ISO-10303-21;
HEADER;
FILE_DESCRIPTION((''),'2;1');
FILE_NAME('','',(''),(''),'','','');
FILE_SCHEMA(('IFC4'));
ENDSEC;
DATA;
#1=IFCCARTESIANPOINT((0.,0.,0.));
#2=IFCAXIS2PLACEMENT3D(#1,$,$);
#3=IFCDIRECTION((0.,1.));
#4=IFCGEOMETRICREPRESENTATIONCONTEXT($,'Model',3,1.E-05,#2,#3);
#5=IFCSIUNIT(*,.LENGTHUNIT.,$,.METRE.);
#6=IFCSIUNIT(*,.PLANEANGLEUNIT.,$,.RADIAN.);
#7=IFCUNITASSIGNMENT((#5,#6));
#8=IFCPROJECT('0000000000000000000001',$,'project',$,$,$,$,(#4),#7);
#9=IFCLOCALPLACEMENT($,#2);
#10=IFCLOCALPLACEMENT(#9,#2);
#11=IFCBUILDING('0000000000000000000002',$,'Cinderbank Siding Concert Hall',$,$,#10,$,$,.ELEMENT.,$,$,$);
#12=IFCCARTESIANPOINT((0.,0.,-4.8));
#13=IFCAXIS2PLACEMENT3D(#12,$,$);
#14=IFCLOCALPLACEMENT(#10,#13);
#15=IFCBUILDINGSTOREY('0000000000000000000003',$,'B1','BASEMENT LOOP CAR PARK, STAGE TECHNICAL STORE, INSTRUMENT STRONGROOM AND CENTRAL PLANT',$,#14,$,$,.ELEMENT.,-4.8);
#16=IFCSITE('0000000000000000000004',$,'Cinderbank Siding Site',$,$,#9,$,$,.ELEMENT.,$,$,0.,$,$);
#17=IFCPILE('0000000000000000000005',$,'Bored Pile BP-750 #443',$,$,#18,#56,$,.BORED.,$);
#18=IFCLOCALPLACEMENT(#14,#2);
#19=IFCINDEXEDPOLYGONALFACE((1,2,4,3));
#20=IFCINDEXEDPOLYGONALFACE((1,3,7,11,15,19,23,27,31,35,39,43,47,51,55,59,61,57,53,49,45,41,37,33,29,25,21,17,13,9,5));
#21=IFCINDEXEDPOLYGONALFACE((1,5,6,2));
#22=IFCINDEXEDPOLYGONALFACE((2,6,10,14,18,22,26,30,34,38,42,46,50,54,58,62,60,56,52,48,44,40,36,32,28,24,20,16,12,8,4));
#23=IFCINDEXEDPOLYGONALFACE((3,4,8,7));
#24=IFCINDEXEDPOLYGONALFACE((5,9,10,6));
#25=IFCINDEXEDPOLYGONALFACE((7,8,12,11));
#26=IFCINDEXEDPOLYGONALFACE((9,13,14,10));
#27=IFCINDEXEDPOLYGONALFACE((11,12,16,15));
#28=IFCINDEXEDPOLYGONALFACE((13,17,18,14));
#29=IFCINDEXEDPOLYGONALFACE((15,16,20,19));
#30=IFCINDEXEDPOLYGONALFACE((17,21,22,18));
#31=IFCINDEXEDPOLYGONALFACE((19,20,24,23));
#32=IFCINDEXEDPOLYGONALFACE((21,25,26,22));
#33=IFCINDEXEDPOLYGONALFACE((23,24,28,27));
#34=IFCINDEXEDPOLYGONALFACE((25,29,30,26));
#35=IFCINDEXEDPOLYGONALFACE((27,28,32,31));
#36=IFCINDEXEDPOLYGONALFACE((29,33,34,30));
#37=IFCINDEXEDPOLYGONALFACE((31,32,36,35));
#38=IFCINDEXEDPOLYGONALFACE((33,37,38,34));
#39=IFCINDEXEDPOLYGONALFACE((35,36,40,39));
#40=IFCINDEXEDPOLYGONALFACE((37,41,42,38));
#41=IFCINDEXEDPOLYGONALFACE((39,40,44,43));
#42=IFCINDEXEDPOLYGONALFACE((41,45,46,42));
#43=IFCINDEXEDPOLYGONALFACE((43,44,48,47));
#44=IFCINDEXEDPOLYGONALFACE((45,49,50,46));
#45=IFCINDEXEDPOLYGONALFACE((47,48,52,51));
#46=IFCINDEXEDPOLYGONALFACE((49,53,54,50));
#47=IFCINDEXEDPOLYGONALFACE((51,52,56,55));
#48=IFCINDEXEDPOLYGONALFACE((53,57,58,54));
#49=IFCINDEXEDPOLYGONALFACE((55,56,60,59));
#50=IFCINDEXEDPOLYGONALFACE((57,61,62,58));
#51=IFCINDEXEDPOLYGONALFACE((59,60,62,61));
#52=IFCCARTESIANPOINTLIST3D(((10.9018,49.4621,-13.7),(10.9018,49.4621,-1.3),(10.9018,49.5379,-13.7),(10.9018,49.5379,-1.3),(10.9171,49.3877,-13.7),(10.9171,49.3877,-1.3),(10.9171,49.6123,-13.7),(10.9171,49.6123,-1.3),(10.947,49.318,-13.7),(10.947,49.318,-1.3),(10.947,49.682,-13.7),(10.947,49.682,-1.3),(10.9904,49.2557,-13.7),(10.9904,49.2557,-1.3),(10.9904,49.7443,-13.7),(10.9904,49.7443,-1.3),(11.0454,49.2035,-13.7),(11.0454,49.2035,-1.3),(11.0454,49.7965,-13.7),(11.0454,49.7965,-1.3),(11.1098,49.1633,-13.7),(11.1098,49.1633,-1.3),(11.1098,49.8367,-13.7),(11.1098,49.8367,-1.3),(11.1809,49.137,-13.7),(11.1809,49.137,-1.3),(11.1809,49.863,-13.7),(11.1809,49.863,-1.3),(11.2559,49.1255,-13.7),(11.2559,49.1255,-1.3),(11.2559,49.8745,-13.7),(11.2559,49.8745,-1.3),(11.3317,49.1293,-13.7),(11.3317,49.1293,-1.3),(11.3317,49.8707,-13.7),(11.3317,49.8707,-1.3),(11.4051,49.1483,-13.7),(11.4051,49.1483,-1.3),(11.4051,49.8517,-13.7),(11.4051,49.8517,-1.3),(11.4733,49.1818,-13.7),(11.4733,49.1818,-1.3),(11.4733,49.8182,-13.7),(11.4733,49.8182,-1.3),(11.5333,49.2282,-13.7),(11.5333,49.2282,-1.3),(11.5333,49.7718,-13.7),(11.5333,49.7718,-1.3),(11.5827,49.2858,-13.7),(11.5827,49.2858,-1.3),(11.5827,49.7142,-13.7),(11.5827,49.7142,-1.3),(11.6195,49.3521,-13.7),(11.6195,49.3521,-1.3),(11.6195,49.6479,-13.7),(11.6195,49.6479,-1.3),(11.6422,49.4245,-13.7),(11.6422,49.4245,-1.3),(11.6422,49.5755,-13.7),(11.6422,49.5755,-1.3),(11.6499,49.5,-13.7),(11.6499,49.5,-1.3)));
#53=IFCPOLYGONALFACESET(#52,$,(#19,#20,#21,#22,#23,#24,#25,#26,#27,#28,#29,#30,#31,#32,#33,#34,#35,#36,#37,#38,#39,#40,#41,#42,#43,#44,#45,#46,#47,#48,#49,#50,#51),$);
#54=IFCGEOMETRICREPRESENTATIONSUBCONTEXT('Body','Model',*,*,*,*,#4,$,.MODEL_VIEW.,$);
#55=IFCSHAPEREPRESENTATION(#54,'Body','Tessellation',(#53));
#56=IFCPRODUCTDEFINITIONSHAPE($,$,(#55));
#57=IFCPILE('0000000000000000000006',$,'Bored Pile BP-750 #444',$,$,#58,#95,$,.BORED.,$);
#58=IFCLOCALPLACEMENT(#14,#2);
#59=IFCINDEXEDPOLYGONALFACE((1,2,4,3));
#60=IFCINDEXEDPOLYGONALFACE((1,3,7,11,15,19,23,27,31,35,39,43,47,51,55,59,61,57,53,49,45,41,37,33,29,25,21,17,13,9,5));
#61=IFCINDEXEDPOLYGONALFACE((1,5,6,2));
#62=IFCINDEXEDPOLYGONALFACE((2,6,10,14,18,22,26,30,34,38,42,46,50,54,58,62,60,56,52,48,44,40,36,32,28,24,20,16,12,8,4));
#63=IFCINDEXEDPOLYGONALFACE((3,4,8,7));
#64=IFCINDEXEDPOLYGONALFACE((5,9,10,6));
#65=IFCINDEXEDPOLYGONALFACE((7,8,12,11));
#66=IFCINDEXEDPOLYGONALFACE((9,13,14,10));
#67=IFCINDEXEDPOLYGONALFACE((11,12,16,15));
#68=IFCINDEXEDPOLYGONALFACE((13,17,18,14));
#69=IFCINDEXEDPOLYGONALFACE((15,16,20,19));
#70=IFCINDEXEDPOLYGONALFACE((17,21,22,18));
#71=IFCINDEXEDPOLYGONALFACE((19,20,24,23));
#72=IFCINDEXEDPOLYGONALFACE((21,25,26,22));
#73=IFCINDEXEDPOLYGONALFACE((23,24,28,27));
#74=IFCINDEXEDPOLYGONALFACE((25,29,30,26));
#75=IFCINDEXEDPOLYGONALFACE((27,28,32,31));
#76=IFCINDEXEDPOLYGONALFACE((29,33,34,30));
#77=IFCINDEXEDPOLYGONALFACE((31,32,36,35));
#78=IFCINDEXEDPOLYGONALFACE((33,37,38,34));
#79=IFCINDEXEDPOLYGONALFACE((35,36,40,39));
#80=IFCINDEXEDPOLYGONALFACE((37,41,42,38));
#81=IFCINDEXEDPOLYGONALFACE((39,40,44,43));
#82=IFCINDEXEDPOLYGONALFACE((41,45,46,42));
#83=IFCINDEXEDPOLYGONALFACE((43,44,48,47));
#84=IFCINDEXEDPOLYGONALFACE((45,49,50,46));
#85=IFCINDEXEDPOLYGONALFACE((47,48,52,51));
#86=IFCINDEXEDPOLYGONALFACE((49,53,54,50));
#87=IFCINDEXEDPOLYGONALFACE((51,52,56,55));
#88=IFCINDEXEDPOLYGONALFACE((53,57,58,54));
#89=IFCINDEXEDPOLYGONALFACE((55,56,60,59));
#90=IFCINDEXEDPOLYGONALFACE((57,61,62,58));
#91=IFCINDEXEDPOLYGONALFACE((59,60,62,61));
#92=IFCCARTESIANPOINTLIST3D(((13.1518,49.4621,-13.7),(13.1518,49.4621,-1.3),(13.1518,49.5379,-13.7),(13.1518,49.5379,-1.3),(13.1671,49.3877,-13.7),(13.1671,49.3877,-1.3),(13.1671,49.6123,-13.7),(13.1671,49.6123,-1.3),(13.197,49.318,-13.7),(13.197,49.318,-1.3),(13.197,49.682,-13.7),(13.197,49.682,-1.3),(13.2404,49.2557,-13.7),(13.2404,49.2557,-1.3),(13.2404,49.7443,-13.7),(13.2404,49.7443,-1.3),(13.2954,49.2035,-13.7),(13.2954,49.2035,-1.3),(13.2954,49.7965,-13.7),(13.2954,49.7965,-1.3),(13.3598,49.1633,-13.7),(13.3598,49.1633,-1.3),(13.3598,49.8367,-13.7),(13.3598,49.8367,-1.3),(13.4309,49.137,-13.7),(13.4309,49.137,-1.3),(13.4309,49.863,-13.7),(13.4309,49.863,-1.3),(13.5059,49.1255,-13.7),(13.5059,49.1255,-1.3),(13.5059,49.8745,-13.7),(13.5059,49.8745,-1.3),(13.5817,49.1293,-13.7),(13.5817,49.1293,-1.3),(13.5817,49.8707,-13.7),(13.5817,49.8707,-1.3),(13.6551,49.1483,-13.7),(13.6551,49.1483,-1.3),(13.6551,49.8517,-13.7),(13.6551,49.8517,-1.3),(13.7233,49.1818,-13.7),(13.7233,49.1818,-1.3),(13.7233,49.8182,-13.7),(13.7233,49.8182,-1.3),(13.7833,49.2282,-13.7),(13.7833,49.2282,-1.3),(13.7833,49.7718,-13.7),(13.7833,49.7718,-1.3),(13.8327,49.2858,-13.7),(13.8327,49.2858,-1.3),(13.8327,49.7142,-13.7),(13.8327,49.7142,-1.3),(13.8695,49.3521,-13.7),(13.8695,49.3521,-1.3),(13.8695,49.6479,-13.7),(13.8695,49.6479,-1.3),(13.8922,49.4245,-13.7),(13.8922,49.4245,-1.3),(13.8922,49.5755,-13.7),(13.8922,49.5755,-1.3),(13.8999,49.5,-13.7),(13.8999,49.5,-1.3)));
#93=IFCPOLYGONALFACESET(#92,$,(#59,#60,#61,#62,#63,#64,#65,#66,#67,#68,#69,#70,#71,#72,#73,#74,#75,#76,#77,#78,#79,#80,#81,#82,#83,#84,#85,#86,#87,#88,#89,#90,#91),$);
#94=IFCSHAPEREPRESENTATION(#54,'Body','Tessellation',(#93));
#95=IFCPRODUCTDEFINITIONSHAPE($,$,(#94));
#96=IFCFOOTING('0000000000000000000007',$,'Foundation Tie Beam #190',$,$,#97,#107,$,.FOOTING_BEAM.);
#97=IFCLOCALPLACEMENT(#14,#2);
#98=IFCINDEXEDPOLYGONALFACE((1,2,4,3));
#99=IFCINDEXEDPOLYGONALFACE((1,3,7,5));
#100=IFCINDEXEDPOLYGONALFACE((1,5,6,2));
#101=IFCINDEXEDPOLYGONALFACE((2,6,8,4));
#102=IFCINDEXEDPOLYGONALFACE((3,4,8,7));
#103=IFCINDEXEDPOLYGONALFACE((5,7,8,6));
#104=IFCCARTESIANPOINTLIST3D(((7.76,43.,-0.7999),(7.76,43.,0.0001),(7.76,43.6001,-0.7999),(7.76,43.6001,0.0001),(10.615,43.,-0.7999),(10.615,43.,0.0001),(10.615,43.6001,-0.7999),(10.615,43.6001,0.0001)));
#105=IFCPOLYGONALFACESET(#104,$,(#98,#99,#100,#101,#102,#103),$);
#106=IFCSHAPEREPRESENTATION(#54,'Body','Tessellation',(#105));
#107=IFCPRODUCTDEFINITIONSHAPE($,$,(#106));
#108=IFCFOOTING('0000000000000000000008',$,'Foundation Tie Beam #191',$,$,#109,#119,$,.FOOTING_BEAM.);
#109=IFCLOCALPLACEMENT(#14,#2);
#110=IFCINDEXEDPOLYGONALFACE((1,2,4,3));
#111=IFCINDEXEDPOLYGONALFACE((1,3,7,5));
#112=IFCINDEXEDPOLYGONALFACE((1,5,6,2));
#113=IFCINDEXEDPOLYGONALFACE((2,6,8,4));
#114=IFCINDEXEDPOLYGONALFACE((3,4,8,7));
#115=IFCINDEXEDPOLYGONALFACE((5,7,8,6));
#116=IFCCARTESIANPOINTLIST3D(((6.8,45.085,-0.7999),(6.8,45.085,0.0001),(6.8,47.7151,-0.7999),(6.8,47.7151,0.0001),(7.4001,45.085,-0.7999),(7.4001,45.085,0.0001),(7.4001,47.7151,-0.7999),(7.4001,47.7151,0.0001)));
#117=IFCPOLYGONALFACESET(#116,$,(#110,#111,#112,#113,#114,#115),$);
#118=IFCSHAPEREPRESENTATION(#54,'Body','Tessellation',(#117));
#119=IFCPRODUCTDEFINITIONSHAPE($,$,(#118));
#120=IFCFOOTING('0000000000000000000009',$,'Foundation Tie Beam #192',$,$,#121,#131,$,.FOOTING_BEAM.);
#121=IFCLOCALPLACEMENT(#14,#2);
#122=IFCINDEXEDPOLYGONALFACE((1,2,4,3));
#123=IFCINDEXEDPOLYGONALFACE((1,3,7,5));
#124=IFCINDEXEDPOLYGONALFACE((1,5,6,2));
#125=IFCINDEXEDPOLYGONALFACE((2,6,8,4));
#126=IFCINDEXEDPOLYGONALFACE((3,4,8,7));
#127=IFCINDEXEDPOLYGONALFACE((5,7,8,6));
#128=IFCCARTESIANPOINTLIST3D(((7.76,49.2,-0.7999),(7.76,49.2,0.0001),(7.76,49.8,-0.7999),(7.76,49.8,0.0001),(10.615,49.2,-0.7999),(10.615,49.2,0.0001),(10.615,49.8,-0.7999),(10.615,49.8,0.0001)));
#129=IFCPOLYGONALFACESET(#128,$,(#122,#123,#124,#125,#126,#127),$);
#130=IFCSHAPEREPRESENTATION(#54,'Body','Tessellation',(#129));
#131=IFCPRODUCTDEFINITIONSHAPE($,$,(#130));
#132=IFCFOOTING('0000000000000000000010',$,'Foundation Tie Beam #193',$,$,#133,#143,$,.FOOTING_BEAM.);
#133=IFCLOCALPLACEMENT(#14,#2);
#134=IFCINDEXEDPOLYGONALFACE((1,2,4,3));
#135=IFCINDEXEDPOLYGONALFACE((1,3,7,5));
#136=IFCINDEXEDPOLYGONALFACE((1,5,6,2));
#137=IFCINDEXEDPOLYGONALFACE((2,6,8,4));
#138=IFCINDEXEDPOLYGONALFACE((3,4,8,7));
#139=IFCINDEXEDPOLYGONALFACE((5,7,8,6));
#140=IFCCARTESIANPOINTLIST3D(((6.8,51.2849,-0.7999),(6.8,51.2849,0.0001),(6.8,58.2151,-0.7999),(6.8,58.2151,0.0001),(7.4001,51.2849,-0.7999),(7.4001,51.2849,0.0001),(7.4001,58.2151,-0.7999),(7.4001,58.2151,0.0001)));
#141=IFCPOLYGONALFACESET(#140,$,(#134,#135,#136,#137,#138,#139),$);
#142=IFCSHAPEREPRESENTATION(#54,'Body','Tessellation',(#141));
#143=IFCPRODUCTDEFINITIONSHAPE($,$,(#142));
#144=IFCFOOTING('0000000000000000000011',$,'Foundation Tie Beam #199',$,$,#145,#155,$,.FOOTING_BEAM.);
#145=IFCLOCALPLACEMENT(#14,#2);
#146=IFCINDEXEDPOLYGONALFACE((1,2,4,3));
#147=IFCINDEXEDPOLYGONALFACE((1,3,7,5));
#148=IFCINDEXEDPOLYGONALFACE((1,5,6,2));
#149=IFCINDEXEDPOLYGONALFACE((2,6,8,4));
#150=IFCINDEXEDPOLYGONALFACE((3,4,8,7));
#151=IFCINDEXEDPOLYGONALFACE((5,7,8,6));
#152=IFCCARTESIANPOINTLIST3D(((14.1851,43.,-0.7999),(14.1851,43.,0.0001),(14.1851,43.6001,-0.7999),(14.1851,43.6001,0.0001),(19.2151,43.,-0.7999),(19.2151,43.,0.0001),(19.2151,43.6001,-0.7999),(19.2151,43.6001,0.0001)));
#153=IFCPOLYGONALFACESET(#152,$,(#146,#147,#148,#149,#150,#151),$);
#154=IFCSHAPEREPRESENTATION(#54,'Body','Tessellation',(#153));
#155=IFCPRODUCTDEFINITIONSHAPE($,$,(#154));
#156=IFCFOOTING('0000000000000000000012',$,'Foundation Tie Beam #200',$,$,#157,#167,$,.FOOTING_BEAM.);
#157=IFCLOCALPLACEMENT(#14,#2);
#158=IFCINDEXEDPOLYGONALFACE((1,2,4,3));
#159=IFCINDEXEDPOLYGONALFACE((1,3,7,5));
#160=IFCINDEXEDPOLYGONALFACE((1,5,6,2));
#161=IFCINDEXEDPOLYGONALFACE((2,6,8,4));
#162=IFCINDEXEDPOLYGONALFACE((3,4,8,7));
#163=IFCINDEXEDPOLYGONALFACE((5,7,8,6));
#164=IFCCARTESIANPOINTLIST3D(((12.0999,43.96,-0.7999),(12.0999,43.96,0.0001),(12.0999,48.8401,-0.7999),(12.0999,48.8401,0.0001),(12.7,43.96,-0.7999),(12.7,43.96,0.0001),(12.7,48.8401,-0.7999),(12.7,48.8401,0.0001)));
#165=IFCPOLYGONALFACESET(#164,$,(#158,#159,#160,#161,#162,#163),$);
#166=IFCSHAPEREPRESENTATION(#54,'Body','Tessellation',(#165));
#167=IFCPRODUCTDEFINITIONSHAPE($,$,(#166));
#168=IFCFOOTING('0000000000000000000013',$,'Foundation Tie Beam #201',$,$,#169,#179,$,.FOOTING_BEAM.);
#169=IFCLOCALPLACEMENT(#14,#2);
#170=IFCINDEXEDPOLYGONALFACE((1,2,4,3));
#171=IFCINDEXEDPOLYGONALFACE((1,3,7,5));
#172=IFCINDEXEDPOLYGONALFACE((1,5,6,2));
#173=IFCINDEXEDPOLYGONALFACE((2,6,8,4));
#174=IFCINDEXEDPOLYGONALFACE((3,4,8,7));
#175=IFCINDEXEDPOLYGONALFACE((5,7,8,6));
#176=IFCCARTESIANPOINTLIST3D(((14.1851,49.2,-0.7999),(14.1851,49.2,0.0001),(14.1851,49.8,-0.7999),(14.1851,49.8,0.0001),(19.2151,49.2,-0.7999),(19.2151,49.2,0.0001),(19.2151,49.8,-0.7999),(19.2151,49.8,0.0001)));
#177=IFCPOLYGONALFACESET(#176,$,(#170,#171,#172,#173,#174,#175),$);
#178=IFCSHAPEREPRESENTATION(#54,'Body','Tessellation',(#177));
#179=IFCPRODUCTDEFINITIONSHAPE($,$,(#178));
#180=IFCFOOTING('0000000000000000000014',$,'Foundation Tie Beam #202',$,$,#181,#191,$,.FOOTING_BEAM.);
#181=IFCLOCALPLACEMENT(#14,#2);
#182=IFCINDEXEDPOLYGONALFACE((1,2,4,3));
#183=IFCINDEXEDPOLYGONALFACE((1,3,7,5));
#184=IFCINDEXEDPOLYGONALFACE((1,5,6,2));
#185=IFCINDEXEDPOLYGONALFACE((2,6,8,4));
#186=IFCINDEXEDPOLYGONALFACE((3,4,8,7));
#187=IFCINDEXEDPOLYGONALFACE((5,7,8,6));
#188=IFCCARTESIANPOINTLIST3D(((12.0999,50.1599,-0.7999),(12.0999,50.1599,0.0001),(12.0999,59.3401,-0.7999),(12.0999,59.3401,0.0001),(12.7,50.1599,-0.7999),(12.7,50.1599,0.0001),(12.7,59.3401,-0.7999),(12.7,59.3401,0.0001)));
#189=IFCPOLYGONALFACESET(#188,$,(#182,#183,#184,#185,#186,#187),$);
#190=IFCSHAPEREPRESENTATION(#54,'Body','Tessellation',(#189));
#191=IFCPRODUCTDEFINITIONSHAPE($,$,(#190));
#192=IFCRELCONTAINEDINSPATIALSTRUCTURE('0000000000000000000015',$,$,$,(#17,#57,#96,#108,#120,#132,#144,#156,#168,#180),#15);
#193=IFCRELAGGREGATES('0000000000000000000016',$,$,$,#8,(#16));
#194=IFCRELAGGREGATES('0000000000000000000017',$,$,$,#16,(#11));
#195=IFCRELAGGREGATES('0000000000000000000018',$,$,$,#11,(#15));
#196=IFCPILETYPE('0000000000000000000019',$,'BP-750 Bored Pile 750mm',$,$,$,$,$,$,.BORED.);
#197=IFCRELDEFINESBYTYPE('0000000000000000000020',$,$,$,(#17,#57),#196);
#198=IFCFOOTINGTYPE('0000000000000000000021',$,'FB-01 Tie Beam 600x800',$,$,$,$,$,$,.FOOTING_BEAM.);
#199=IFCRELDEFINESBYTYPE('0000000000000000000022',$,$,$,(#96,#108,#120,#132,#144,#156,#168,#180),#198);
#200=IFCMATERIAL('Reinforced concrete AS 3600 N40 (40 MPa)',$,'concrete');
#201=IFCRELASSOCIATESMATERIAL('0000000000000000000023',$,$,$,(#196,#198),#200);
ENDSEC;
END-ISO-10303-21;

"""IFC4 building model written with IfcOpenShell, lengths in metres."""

from ifc_helpers import new_model, si_unit, direction, frame, origin, origin_2d, place, context, subcontext, project, spatial, rectangle, circle, extrude, material, material_profile, profile_set, type_object, element, save


model = new_model("IFC4")

# Units and contexts
model_context = context("Model", 3, precision=1e-05, world=origin(), true_north=direction((0.0, 1.0)))
body_context = subcontext(model_context, "Body", "Model", "MODEL_VIEW")
ifc_project = project(units=[si_unit("LENGTHUNIT", "METRE"), si_unit("PLANEANGLEUNIT", "RADIAN")], contexts=[model_context])

# Site, building, storey
site_placement = place(None, origin())
site = spatial("IfcSite", under=ifc_project, at=site_placement, Name="Cinderbank Siding Site", CompositionType="ELEMENT", RefElevation=0.0)
building_placement = place(site_placement, origin())
building = spatial("IfcBuilding", under=site, at=building_placement, Name="Cinderbank Siding Concert Hall", CompositionType="ELEMENT")
storey_placement = place(building_placement, frame((0.0, 0.0, -4.8)))
storey = spatial("IfcBuildingStorey", under=building, at=storey_placement, Name="B1", Description="BASEMENT LOOP CAR PARK, STAGE TECHNICAL STORE, INSTRUMENT STRONGROOM AND CENTRAL PLANT", CompositionType="ELEMENT", Elevation=-4.8)

# Piles
ifc_material_1 = material(Name="Reinforced concrete AS 3600 N40 (40 MPa)", Category="concrete")
ifc_material_profile_1 = material_profile(ifc_material_1, circle(Radius=0.375, at=origin_2d()), Name="PILE-750DIA", Category="LoadBearing")
ifc_profile_set_1 = profile_set([ifc_material_profile_1], Name="Reinforced concrete AS 3600 N40 (40 MPa)")
pile_type = type_object("IfcPileType", Name="BP-750 Bored Pile 750mm", PredefinedType="BORED", material=ifc_profile_set_1)
for number, where, z_axis, x_axis, name in (
    (1, (11.2749, 49.5, -1.3), (0.0, 0.0, -1.0), (1.0, 0.0, 0.0), "Bored Pile BP-750 #443"),
    (2, (13.5249, 49.5, -1.3), (0.0, 0.0, -1.0), (1.0, 0.0, 0.0), "Bored Pile BP-750 #444"),
):
    element("IfcPile", number, at=place(storey_placement, frame(where, z_axis=z_axis, x_axis=x_axis)), inside=storey, type_object=pile_type, Name=name, PredefinedType="BORED", context=body_context, shape_type="SweptSolid", body=[
        extrude(circle(Radius=0.375, at=origin_2d()), origin(), (0.0, 0.0, 1.0), 12.3999),
    ])

# Footings
ifc_material_profile_2 = material_profile(ifc_material_1, rectangle(XDim=0.6001, YDim=0.8, at=origin_2d()), Name="RC-FB-600x800", Category="LoadBearing")
ifc_profile_set_2 = profile_set([ifc_material_profile_2], Name="Reinforced concrete AS 3600 N40 (40 MPa)")
footing_type_1 = type_object("IfcFootingType", Name="FB-01 Tie Beam 600x800", PredefinedType="FOOTING_BEAM", material=ifc_profile_set_2)
footing_1_placement = place(storey_placement, frame((7.76, 43.3, -0.3999), z_axis=(1.0, 0.0, 0.0), x_axis=(0.0, 1.0, 0.0)))
element("IfcFooting", 3, at=footing_1_placement, inside=storey, type_object=footing_type_1, Name="Foundation Tie Beam #190", PredefinedType="FOOTING_BEAM", context=body_context, shape_type="SweptSolid", body=[
    extrude(rectangle(XDim=0.6001, YDim=0.8, at=origin_2d()), origin(), (0.0, 0.0, 1.0), 2.855),
])
footing_2_placement = place(storey_placement, frame((7.1001, 45.085, -0.3999), z_axis=(0.0, 1.0, 0.0), x_axis=(-1.0, 0.0, 0.0)))
element("IfcFooting", 4, at=footing_2_placement, inside=storey, type_object=footing_type_1, Name="Foundation Tie Beam #191", PredefinedType="FOOTING_BEAM", context=body_context, shape_type="SweptSolid", body=[
    extrude(rectangle(XDim=0.6001, YDim=0.8, at=origin_2d()), origin(), (0.0, 0.0, 1.0), 2.6301),
])
footing_3_placement = place(storey_placement, frame((7.76, 49.5, -0.3999), z_axis=(1.0, 0.0, 0.0), x_axis=(0.0, 1.0, 0.0)))
element("IfcFooting", 5, at=footing_3_placement, inside=storey, type_object=footing_type_1, Name="Foundation Tie Beam #192", PredefinedType="FOOTING_BEAM", context=body_context, shape_type="SweptSolid", body=[
    extrude(rectangle(XDim=0.6001, YDim=0.8, at=origin_2d()), origin(), (0.0, 0.0, 1.0), 2.855),
])
footing_4_placement = place(storey_placement, frame((7.1001, 51.2849, -0.3999), z_axis=(0.0, 1.0, 0.0), x_axis=(-1.0, 0.0, 0.0)))
element("IfcFooting", 6, at=footing_4_placement, inside=storey, type_object=footing_type_1, Name="Foundation Tie Beam #193", PredefinedType="FOOTING_BEAM", context=body_context, shape_type="SweptSolid", body=[
    extrude(rectangle(XDim=0.6001, YDim=0.8, at=origin_2d()), origin(), (0.0, 0.0, 1.0), 6.9302),
])
footing_5_placement = place(storey_placement, frame((14.1851, 43.3, -0.3999), z_axis=(1.0, 0.0, 0.0), x_axis=(0.0, 1.0, 0.0)))
element("IfcFooting", 7, at=footing_5_placement, inside=storey, type_object=footing_type_1, Name="Foundation Tie Beam #199", PredefinedType="FOOTING_BEAM", context=body_context, shape_type="SweptSolid", body=[
    extrude(rectangle(XDim=0.6001, YDim=0.8, at=origin_2d()), origin(), (0.0, 0.0, 1.0), 5.03),
])
footing_6_placement = place(storey_placement, frame((12.3999, 43.96, -0.3999), z_axis=(0.0, 1.0, 0.0), x_axis=(-1.0, 0.0, 0.0)))
element("IfcFooting", 8, at=footing_6_placement, inside=storey, type_object=footing_type_1, Name="Foundation Tie Beam #200", PredefinedType="FOOTING_BEAM", context=body_context, shape_type="SweptSolid", body=[
    extrude(rectangle(XDim=0.6001, YDim=0.8, at=origin_2d()), origin(), (0.0, 0.0, 1.0), 4.8801),
])
footing_7_placement = place(storey_placement, frame((14.1851, 49.5, -0.3999), z_axis=(1.0, 0.0, 0.0), x_axis=(0.0, 1.0, 0.0)))
element("IfcFooting", 9, at=footing_7_placement, inside=storey, type_object=footing_type_1, Name="Foundation Tie Beam #201", PredefinedType="FOOTING_BEAM", context=body_context, shape_type="SweptSolid", body=[
    extrude(rectangle(XDim=0.6001, YDim=0.8, at=origin_2d()), origin(), (0.0, 0.0, 1.0), 5.03),
])
footing_8_placement = place(storey_placement, frame((12.3999, 50.1599, -0.3999), z_axis=(0.0, 1.0, 0.0), x_axis=(-1.0, 0.0, 0.0)))
element("IfcFooting", 10, at=footing_8_placement, inside=storey, type_object=footing_type_1, Name="Foundation Tie Beam #202", PredefinedType="FOOTING_BEAM", context=body_context, shape_type="SweptSolid", body=[
    extrude(rectangle(XDim=0.6001, YDim=0.8, at=origin_2d()), origin(), (0.0, 0.0, 1.0), 9.1802),
])

save(model, "model.ifc")
